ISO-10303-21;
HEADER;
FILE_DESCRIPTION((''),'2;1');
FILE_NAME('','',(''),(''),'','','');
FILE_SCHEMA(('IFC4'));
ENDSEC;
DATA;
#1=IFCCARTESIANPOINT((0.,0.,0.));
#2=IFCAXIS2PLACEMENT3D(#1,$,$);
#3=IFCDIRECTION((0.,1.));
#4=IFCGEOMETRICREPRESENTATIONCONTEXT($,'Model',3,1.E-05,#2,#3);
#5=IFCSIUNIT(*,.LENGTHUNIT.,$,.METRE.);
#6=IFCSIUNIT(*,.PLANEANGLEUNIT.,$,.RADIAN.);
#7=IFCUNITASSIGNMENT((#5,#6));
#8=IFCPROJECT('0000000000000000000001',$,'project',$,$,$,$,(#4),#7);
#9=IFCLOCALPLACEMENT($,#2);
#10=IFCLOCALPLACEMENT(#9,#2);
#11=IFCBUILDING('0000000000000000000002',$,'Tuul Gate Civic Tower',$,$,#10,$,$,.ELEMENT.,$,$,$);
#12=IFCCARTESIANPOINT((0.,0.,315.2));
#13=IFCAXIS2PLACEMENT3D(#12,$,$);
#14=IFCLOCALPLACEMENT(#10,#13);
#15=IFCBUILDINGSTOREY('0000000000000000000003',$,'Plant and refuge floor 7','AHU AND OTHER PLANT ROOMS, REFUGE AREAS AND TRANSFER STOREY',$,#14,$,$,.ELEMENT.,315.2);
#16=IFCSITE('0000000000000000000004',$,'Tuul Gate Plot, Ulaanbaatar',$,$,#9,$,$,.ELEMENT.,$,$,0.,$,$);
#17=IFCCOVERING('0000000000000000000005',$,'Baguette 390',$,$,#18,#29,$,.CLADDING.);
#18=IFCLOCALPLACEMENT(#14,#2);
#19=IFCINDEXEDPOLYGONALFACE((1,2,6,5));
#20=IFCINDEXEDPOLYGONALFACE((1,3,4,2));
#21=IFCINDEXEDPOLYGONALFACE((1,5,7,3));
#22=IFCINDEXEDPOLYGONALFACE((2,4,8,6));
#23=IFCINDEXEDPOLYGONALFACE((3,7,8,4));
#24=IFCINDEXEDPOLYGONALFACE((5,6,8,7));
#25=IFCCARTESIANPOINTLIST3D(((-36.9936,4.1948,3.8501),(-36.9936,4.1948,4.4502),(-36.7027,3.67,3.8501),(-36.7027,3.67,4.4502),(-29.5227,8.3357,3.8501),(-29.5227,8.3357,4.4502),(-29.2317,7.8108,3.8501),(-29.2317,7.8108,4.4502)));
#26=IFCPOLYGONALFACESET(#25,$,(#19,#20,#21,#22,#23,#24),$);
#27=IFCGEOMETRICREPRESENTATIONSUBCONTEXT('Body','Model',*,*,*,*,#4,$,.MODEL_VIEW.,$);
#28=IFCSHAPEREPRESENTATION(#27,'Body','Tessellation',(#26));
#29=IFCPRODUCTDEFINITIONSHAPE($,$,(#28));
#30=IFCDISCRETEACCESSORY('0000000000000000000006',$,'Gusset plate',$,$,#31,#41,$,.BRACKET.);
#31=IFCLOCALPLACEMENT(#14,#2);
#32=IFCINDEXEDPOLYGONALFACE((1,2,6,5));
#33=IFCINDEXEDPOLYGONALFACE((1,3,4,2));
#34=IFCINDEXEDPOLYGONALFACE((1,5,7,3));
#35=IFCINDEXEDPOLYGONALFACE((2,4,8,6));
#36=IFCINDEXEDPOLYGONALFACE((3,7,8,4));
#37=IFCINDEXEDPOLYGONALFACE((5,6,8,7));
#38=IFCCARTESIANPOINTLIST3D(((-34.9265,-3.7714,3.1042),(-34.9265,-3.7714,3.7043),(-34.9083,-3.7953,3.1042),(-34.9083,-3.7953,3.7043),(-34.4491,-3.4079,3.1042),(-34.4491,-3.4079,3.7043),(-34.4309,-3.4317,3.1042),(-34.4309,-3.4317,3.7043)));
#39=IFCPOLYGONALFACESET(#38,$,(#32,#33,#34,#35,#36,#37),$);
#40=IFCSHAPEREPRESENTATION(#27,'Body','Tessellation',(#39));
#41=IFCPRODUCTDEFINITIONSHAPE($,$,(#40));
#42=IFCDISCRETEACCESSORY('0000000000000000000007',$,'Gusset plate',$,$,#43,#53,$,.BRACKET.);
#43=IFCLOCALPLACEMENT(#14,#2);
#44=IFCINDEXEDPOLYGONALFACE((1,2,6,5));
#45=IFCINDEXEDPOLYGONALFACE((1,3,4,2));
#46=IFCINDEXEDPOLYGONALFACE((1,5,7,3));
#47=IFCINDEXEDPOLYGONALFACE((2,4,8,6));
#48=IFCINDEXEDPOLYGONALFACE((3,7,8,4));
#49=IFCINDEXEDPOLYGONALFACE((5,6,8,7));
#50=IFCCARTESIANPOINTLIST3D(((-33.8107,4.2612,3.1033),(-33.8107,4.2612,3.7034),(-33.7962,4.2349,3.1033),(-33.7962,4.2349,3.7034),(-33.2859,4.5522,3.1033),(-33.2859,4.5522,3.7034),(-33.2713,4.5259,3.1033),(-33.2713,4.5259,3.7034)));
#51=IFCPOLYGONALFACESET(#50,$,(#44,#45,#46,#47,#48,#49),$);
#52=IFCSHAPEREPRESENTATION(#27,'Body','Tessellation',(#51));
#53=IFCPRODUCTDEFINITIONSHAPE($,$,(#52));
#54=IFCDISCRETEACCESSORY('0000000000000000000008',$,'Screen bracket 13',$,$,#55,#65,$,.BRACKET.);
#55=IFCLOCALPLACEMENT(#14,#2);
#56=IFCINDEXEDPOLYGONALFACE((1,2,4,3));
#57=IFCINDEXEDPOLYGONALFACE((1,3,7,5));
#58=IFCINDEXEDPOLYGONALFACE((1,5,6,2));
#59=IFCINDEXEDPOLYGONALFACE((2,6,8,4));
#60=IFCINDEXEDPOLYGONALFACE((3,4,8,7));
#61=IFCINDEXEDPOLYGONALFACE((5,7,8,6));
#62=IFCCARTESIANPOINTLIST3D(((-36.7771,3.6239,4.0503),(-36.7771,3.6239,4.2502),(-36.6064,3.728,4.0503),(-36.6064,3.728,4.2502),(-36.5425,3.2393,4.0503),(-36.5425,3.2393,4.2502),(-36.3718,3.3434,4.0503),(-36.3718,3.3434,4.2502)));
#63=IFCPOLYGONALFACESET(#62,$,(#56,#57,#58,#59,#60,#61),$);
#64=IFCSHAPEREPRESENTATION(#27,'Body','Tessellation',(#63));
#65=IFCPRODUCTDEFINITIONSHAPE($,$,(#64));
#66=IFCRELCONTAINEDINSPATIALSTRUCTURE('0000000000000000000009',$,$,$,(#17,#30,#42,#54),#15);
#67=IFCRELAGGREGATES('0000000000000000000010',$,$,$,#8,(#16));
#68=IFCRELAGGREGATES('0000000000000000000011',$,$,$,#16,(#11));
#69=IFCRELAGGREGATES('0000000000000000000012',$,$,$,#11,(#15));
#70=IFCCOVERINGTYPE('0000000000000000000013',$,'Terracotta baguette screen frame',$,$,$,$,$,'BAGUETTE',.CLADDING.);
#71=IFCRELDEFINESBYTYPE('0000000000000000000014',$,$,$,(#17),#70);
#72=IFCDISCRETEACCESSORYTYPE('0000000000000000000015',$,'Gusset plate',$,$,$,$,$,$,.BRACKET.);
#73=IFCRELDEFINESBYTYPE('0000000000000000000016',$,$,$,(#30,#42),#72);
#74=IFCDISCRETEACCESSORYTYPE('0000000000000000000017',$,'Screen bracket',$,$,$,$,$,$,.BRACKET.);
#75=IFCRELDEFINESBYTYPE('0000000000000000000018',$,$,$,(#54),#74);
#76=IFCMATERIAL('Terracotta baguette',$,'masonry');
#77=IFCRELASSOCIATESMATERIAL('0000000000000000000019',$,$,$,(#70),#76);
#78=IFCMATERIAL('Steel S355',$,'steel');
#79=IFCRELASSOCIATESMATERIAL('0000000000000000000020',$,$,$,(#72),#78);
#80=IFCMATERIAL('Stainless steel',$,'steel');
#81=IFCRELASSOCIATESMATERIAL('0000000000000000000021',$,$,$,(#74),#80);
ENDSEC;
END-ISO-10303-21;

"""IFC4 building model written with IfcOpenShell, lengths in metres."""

from ifc_helpers import new_model, si_unit, direction, frame, origin, origin_2d, place, context, subcontext, project, spatial, rectangle, extrude, material, material_profile, profile_set, type_object, element, save


model = new_model("IFC4")

# Units and contexts
model_context = context("Model", 3, precision=1e-05, world=origin(), true_north=direction((0.0, 1.0)))
body_context = subcontext(model_context, "Body", "Model", "MODEL_VIEW")
ifc_project = project(units=[si_unit("LENGTHUNIT", "METRE"), si_unit("PLANEANGLEUNIT", "RADIAN")], contexts=[model_context])

# Site, building, storey
site_placement = place(None, origin())
site = spatial("IfcSite", under=ifc_project, at=site_placement, Name="Tuul Gate Plot, Ulaanbaatar", CompositionType="ELEMENT", RefElevation=0.0)
building_placement = place(site_placement, origin())
building = spatial("IfcBuilding", under=site, at=building_placement, Name="Tuul Gate Civic Tower", CompositionType="ELEMENT")
storey_placement = place(building_placement, frame((0.0, 0.0, 315.2)))
storey = spatial("IfcBuildingStorey", under=building, at=storey_placement, Name="Plant and refuge floor 7", Description="AHU AND OTHER PLANT ROOMS, REFUGE AREAS AND TRANSFER STOREY", CompositionType="ELEMENT", Elevation=315.2)

# Covering
ifc_material_1 = material(Name="Terracotta baguette", Category="masonry")
ifc_material_profile_1 = material_profile(ifc_material_1, rectangle(XDim=0.6001, YDim=0.6001, at=origin_2d()), Name="Terracotta baguette screen frame")
ifc_profile_set_1 = profile_set([ifc_material_profile_1], Name="Terracotta baguette")
covering_type = type_object("IfcCoveringType", Name="Terracotta baguette screen frame", ElementType="BAGUETTE", PredefinedType="CLADDING", material=ifc_profile_set_1)
covering_1_placement = place(storey_placement, frame((-29.3772, 8.0732, 4.1501), z_axis=(-0.874637, -0.484779, 0.0), x_axis=(0.484779, -0.874637, 0.0)))
element("IfcCovering", 1, at=covering_1_placement, inside=storey, type_object=covering_type, Name="Baguette 390", PredefinedType="CLADDING", context=body_context, shape_type="SweptSolid", body=[
    extrude(rectangle(XDim=0.6001, YDim=0.6001, at=origin_2d()), origin(), (0.0, 0.0, 1.0), 8.5417),
])

# Discrete accessories
ifc_material_2 = material(Name="Steel S355", Category="steel")
discrete_accessory_type_1 = type_object("IfcDiscreteAccessoryType", Name="Gusset plate", PredefinedType="BRACKET", material=ifc_material_2)
for number, where, z_axis, x_axis, name in (
    (2, (-34.6787, -3.6016, 3.1042), (0.0, 0.0, 1.0), (0.795629, 0.605784, 0.0), "Gusset plate"),
    (3, (-33.541, 4.3936, 3.1033), (0.0, 0.0, 1.0), (0.874585, 0.484871, 0.0), "Gusset plate"),
):
    element("IfcDiscreteAccessory", number, at=place(storey_placement, frame(where, z_axis=z_axis, x_axis=x_axis)), inside=storey, type_object=discrete_accessory_type_1, Name=name, PredefinedType="BRACKET", context=body_context, shape_type="SweptSolid", body=[
        extrude(rectangle(XDim=0.6001, YDim=0.03, at=origin_2d()), origin(), (0.0, 0.0, 1.0), 0.6001),
    ])
ifc_material_3 = material(Name="Stainless steel", Category="steel")
discrete_accessory_type_2 = type_object("IfcDiscreteAccessoryType", Name="Screen bracket", PredefinedType="BRACKET", material=ifc_material_3)
discrete_accessory_placement = place(storey_placement, frame((-36.5745, 3.4836, 4.0503), z_axis=(0.0, 0.0, 1.0), x_axis=(-0.520743, 0.853714, 0.0)))
element("IfcDiscreteAccessory", 4, at=discrete_accessory_placement, inside=storey, type_object=discrete_accessory_type_2, Name="Screen bracket 13", PredefinedType="BRACKET", context=body_context, shape_type="SweptSolid", body=[
    extrude(rectangle(XDim=0.4504, YDim=0.2, at=origin_2d()), origin(), (0.0, 0.0, 1.0), 0.2),
])

save(model, "model.ifc")
